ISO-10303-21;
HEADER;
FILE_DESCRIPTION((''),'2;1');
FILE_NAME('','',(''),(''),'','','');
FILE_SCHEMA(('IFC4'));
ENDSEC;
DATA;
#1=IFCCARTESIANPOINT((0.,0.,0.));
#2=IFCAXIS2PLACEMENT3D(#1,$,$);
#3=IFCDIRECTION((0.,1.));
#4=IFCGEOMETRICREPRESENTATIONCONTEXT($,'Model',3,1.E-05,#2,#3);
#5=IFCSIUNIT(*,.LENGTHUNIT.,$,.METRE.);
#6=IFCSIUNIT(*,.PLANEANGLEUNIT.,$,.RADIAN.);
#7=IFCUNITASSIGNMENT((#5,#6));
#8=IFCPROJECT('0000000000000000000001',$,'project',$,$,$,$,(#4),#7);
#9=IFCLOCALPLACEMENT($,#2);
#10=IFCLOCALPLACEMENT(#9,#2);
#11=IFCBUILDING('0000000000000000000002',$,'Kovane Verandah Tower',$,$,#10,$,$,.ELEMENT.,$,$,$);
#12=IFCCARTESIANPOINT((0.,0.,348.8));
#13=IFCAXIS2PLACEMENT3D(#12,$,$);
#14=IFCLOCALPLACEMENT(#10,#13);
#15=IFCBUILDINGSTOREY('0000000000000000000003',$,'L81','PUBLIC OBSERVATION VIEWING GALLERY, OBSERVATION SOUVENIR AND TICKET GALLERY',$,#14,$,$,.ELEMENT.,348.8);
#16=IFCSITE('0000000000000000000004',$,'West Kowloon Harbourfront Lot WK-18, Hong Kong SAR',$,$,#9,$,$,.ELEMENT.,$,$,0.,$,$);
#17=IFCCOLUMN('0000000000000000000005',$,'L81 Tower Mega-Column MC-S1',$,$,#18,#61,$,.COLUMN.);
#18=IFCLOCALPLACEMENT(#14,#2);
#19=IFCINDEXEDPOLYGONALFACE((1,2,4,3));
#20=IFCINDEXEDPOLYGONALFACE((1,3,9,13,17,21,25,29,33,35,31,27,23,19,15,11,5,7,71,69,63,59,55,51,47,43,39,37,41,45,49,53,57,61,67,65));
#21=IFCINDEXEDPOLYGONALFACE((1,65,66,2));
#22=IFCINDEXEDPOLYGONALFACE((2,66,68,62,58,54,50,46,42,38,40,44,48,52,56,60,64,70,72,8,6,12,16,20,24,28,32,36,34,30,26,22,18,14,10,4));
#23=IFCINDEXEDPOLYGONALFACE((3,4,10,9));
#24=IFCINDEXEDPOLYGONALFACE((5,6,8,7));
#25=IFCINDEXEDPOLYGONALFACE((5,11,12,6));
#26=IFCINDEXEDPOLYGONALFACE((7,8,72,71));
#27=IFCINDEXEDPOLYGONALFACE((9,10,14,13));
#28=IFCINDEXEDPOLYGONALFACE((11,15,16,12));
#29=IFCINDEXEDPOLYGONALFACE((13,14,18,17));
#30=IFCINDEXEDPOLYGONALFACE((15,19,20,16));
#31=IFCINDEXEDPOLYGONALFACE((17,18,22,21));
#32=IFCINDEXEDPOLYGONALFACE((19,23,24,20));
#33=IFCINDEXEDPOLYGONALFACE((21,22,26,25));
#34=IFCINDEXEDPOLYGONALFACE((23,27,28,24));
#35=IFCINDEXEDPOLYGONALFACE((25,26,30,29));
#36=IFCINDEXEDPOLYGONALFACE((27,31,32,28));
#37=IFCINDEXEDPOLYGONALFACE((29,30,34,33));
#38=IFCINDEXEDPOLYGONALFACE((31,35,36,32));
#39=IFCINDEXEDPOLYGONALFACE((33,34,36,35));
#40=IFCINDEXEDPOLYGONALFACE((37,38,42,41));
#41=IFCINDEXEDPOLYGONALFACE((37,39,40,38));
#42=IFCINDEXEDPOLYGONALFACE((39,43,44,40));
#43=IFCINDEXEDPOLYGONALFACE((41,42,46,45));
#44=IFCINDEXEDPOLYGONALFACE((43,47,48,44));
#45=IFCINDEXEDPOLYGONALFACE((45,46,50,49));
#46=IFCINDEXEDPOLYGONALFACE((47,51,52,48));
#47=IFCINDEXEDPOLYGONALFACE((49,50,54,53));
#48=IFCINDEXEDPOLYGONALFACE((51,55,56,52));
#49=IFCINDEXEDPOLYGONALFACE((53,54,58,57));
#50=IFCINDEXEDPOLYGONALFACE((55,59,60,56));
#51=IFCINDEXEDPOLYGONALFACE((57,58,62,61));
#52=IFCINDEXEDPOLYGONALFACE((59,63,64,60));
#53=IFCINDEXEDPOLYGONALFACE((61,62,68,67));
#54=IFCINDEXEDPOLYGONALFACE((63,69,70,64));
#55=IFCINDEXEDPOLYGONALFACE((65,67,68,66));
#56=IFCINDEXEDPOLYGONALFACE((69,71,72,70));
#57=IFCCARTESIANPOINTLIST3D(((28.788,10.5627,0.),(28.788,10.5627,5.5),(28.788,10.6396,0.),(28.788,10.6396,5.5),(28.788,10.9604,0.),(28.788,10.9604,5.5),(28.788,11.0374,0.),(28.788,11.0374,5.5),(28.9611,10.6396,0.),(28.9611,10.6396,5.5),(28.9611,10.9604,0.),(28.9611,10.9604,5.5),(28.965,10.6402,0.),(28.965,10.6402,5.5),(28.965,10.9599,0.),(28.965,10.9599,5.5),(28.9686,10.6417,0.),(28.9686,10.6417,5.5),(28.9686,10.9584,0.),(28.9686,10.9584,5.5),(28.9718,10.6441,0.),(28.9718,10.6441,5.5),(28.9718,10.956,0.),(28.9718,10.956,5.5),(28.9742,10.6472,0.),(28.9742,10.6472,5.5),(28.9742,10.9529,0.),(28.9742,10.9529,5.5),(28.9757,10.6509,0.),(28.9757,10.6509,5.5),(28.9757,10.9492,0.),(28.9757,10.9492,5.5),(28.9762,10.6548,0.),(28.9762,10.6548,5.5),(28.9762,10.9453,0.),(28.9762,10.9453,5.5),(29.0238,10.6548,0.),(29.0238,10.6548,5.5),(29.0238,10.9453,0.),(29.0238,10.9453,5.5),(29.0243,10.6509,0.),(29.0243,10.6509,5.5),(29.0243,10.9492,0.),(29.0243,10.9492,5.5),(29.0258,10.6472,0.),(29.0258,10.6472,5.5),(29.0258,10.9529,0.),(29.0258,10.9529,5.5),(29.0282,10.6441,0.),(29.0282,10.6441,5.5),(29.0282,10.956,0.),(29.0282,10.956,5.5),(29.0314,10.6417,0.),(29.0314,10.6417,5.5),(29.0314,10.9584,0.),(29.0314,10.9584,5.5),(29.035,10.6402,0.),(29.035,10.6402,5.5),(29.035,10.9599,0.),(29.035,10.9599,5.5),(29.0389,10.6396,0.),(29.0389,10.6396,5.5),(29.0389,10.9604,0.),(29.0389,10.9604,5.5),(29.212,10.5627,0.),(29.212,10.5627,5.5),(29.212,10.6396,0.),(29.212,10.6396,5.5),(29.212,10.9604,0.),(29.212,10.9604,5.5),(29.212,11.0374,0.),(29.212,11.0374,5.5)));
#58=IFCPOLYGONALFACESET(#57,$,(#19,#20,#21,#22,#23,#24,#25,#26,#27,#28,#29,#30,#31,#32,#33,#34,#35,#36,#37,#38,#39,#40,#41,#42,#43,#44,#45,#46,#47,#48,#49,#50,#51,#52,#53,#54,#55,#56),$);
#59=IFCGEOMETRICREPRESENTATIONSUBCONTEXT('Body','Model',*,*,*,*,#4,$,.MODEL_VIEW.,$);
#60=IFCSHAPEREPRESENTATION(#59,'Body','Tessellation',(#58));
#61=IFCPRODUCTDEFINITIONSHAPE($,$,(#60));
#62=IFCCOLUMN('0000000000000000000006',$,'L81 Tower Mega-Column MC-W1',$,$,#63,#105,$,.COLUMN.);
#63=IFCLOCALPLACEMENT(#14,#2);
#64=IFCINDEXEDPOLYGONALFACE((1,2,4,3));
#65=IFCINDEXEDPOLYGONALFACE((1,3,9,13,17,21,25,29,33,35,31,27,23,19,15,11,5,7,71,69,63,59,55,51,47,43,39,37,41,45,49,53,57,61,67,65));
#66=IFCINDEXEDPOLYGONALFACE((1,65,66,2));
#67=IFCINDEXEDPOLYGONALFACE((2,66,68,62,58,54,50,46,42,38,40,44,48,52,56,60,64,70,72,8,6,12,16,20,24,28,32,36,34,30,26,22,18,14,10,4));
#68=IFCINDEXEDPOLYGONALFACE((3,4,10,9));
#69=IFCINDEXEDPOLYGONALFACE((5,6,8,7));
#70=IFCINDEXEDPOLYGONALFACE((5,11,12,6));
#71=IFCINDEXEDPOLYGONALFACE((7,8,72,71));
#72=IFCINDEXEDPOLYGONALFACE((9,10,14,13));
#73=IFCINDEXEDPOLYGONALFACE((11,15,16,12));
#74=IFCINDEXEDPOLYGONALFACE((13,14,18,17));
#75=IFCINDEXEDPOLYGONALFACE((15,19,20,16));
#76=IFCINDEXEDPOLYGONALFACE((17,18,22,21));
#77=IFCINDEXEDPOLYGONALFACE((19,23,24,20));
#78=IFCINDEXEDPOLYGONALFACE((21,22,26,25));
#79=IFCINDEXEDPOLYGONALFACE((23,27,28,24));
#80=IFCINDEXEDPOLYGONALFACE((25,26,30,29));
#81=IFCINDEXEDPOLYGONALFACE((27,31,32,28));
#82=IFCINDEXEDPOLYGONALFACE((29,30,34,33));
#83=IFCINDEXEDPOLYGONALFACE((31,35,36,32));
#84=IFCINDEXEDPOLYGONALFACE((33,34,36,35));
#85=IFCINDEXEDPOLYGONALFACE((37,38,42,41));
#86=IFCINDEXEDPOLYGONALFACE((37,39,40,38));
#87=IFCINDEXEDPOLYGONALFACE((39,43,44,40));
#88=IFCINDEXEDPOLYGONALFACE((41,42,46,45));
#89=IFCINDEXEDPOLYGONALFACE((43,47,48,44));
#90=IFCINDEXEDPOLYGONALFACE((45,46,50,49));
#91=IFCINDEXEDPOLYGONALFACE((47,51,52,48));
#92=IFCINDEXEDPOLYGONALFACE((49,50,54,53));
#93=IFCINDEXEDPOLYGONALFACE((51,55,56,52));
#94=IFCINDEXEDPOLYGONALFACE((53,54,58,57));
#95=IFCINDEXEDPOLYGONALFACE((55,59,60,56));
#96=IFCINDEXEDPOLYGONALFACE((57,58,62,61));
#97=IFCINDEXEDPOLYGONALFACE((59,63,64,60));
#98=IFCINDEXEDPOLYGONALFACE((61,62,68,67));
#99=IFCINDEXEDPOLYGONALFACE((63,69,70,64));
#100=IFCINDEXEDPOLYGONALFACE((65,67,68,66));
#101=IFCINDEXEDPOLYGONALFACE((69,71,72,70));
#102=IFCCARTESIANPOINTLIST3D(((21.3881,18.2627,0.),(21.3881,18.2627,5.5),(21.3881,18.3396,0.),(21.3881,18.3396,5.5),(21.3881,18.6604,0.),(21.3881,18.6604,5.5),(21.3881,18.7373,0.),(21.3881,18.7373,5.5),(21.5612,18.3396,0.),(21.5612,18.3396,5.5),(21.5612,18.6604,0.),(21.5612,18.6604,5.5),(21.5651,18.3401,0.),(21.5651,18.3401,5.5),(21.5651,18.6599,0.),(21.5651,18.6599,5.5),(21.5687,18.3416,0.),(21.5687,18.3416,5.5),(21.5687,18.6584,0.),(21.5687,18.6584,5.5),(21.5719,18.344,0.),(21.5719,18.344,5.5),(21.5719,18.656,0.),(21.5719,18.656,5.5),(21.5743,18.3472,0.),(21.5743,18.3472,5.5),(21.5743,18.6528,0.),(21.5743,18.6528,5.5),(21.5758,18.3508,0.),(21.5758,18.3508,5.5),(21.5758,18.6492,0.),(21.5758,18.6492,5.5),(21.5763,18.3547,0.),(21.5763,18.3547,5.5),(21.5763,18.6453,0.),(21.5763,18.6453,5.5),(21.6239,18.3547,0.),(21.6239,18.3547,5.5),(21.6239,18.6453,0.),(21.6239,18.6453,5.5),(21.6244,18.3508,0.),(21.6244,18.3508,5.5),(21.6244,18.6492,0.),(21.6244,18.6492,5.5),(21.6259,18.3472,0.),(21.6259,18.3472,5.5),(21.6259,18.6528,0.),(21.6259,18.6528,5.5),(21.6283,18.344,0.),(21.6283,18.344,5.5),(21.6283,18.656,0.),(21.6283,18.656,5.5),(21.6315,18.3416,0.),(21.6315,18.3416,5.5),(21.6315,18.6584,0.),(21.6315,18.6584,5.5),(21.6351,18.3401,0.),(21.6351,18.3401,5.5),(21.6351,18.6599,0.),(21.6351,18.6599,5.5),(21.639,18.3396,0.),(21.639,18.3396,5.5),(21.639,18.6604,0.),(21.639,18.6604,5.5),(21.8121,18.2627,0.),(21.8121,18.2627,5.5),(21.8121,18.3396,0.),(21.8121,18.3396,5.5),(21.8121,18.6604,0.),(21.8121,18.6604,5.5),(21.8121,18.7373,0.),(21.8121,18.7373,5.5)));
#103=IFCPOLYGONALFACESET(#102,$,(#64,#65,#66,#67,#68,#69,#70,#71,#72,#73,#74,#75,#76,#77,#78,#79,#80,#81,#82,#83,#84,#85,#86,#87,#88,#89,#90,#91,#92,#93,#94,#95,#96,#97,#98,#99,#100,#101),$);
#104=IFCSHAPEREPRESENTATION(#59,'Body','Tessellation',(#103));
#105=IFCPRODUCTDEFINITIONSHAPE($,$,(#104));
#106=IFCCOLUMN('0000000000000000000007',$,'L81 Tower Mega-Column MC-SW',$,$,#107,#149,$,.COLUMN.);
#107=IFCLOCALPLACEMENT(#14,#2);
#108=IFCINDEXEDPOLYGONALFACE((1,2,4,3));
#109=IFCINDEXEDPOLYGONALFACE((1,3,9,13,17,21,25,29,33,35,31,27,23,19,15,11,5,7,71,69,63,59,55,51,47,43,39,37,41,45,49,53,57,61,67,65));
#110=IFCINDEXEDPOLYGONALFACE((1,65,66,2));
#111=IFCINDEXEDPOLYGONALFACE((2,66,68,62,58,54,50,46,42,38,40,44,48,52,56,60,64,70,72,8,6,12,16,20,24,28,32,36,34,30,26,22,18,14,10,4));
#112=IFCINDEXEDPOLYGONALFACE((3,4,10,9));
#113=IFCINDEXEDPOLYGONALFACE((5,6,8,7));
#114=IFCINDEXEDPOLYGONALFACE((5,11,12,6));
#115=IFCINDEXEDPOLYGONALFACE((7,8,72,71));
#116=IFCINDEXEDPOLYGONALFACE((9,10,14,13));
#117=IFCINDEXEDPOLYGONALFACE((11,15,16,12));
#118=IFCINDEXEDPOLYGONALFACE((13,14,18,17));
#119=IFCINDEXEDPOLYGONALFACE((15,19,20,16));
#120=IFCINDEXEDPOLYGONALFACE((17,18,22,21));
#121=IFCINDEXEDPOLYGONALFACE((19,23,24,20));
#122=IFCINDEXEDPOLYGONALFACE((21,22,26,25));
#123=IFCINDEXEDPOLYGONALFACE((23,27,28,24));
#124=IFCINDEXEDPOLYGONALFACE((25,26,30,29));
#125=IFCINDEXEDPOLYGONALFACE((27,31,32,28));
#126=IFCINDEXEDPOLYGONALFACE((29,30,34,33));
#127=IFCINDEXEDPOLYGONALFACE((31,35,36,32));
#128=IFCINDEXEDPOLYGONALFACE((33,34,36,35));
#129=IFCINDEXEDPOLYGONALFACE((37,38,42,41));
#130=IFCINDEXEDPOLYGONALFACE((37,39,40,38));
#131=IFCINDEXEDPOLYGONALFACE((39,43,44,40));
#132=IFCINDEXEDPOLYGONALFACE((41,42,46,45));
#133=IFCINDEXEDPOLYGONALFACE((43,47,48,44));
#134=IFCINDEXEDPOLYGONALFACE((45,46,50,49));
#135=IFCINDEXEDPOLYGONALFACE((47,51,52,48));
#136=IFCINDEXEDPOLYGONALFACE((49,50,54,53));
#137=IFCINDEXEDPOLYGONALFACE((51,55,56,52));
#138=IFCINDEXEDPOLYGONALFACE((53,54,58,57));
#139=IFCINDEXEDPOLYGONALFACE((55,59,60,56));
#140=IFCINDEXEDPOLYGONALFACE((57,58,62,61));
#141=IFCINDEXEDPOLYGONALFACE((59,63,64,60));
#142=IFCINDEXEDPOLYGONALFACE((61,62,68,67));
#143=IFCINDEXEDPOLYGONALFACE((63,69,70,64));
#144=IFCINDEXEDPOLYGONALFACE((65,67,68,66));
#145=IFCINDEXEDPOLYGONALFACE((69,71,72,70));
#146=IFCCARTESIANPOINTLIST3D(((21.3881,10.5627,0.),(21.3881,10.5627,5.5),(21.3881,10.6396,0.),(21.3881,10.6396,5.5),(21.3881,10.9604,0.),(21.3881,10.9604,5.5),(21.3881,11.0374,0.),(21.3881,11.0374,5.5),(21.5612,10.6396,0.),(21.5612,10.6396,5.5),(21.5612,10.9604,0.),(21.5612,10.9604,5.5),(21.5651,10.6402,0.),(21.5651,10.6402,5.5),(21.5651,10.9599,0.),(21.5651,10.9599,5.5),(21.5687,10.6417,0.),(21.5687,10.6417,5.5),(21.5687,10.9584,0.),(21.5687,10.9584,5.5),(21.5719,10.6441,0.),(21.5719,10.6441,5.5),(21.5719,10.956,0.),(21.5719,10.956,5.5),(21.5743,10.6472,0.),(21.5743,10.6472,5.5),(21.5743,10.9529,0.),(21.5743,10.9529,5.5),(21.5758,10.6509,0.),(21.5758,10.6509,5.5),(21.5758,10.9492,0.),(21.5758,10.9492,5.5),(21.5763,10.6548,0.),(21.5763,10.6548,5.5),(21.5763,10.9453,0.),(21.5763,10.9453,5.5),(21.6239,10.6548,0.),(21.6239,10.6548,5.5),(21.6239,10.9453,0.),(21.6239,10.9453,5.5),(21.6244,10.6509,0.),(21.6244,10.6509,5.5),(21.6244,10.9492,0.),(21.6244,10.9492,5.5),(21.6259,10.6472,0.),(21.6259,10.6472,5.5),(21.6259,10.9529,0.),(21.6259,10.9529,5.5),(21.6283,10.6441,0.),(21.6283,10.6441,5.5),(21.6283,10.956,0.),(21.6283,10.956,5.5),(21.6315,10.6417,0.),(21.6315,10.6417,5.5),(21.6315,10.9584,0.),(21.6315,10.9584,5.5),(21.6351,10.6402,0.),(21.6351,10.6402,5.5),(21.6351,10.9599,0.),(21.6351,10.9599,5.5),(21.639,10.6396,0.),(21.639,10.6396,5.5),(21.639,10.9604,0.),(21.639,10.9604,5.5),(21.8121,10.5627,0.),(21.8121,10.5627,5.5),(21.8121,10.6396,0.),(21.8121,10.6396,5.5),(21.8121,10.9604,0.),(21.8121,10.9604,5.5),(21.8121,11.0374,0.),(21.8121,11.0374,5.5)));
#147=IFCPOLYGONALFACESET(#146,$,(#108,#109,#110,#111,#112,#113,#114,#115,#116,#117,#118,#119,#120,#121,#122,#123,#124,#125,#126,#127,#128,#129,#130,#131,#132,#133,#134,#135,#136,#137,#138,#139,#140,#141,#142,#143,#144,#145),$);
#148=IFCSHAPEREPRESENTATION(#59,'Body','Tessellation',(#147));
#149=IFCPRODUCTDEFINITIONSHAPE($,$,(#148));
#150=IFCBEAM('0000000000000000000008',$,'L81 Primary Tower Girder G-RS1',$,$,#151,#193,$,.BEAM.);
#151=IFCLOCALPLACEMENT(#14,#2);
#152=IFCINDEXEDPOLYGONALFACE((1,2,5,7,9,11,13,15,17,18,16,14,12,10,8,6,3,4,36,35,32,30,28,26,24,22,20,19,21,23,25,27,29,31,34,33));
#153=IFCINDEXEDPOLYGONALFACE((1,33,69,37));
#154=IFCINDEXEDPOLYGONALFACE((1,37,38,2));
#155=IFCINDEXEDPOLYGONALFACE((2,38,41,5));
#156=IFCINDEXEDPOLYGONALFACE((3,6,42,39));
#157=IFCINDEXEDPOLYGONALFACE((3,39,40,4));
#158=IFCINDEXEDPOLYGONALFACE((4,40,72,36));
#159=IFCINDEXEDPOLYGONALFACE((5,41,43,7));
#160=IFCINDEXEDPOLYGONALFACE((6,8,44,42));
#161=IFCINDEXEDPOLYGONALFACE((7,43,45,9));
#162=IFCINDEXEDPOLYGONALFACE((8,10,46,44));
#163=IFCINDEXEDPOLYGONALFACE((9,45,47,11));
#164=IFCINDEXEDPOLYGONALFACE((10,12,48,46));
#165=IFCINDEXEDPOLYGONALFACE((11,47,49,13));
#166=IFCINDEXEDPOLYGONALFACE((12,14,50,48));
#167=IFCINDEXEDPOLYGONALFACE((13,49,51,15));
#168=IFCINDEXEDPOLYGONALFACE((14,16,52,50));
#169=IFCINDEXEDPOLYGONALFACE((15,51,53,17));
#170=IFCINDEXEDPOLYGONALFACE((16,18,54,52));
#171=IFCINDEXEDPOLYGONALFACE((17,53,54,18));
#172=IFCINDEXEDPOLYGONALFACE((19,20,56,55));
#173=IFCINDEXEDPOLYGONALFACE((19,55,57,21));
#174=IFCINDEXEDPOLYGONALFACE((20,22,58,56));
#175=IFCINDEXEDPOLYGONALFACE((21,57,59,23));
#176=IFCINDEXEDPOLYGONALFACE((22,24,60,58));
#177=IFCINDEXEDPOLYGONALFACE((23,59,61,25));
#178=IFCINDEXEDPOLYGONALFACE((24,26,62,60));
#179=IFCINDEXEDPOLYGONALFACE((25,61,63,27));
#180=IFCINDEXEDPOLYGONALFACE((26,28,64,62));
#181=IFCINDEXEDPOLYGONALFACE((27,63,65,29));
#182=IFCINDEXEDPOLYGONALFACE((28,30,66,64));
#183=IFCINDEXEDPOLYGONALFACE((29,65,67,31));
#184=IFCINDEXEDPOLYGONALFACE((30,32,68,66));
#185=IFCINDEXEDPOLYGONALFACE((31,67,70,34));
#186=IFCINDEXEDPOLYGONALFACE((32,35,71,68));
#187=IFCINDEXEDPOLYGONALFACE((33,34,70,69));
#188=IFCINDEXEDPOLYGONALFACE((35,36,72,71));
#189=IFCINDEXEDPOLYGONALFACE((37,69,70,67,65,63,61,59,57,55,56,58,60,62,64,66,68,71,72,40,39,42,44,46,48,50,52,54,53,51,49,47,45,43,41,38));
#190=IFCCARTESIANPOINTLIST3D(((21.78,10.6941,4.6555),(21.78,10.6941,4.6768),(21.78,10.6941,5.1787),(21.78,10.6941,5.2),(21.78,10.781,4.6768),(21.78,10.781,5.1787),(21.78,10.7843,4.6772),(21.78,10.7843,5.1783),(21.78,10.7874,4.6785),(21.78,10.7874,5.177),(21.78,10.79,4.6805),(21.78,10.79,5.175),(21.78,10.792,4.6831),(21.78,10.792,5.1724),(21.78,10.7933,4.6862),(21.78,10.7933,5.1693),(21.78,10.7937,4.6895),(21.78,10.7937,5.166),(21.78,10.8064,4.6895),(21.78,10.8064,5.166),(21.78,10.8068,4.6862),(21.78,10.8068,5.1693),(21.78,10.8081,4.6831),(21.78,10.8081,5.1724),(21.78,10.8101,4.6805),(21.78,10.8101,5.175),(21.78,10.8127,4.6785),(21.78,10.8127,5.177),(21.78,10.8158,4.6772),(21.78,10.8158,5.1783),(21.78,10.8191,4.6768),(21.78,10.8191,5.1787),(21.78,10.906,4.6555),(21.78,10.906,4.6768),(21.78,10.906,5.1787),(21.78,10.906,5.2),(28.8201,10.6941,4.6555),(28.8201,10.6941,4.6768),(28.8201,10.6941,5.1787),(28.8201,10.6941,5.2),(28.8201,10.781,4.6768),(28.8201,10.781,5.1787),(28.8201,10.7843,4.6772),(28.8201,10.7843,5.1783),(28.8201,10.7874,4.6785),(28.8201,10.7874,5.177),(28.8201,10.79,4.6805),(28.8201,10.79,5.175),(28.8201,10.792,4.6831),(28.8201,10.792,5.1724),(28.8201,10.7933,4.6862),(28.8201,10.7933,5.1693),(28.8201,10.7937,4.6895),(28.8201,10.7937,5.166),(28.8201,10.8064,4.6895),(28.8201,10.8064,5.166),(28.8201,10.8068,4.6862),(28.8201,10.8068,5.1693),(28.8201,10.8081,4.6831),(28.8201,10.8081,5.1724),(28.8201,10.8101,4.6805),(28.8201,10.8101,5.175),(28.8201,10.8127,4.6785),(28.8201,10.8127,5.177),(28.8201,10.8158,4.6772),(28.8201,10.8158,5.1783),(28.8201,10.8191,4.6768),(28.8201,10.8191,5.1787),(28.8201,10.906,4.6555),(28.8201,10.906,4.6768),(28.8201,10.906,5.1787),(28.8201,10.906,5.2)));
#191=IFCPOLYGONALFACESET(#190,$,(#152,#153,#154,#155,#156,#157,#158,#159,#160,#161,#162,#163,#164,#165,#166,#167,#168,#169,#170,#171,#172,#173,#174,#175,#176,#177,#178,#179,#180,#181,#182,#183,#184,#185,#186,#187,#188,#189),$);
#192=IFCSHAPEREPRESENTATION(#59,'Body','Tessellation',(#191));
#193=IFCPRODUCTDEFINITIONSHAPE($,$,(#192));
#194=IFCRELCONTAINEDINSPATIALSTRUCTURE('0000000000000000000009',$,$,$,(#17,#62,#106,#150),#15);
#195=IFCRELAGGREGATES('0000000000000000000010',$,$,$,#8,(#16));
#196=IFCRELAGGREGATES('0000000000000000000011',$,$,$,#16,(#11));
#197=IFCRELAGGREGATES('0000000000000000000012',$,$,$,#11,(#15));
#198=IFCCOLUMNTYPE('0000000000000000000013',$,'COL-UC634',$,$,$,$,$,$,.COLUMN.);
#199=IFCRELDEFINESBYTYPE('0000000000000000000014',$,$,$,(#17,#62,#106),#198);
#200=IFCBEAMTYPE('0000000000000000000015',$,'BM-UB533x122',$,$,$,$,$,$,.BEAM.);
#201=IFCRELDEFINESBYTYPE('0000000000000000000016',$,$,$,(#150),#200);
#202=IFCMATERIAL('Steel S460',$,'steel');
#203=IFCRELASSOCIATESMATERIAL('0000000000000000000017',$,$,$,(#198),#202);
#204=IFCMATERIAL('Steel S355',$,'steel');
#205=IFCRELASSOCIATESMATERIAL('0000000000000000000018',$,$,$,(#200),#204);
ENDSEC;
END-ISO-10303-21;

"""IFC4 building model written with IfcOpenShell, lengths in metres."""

from ifc_helpers import new_model, si_unit, direction, frame, origin, origin_2d, place, context, subcontext, project, spatial, i_section, extrude, material, material_profile, profile_set, type_object, element, save


model = new_model("IFC4")

# Units and contexts
model_context = context("Model", 3, precision=1e-05, world=origin(), true_north=direction((0.0, 1.0)))
body_context = subcontext(model_context, "Body", "Model", "MODEL_VIEW")
ifc_project = project(units=[si_unit("LENGTHUNIT", "METRE"), si_unit("PLANEANGLEUNIT", "RADIAN")], contexts=[model_context])

# Site, building, storey
site_placement = place(None, origin())
site = spatial("IfcSite", under=ifc_project, at=site_placement, Name="West Kowloon Harbourfront Lot WK-18, Hong Kong SAR", CompositionType="ELEMENT", RefElevation=0.0)
building_placement = place(site_placement, origin())
building = spatial("IfcBuilding", under=site, at=building_placement, Name="Kovane Verandah Tower", CompositionType="ELEMENT")
storey_placement = place(building_placement, frame((0.0, 0.0, 348.8)))
storey = spatial("IfcBuildingStorey", under=building, at=storey_placement, Name="L81", Description="PUBLIC OBSERVATION VIEWING GALLERY, OBSERVATION SOUVENIR AND TICKET GALLERY", CompositionType="ELEMENT", Elevation=348.8)

# Columns
ifc_material_1 = material(Name="Steel S460", Category="steel")
ifc_material_profile_1 = material_profile(ifc_material_1, i_section(OverallWidth=0.4241, OverallDepth=0.4746, WebThickness=0.0476, FlangeThickness=0.0769, FilletRadius=0.0151, at=origin_2d()), Name="UC356x406x634")
ifc_profile_set_1 = profile_set([ifc_material_profile_1], Name="Steel S460")
column_type = type_object("IfcColumnType", Name="COL-UC634", PredefinedType="COLUMN", material=ifc_profile_set_1)
for number, where, z_axis, x_axis, name in (
    (1, (29.0, 10.8, 0.0), (0.0, 0.0, 1.0), (1.0, 0.0, 0.0), "L81 Tower Mega-Column MC-S1"),
    (2, (21.6001, 18.5, 0.0), (0.0, 0.0, 1.0), (1.0, 0.0, 0.0), "L81 Tower Mega-Column MC-W1"),
    (3, (21.6001, 10.8, 0.0), (0.0, 0.0, 1.0), (1.0, 0.0, 0.0), "L81 Tower Mega-Column MC-SW"),
):
    element("IfcColumn", number, at=place(storey_placement, frame(where, z_axis=z_axis, x_axis=x_axis)), inside=storey, type_object=column_type, Name=name, PredefinedType="COLUMN", context=body_context, shape_type="SweptSolid", body=[
        extrude(i_section(OverallWidth=0.4241, OverallDepth=0.4746, WebThickness=0.0476, FlangeThickness=0.0769, FilletRadius=0.0151, at=origin_2d()), origin(), (0.0, 0.0, 1.0), 5.5),
    ])

# Beam
ifc_material_2 = material(Name="Steel S355", Category="steel")
ifc_material_profile_2 = material_profile(ifc_material_2, i_section(OverallWidth=0.2119, OverallDepth=0.5444, WebThickness=0.0127, FlangeThickness=0.0212, FilletRadius=0.0127, at=origin_2d()), Name="UB533x210x122")
ifc_profile_set_2 = profile_set([ifc_material_profile_2], Name="Steel S355")
beam_type_1 = type_object("IfcBeamType", Name="BM-UB533x122", PredefinedType="BEAM", material=ifc_profile_set_2)
beam_1_placement = place(storey_placement, frame((21.78, 10.8, 4.9277), z_axis=(1.0, 0.0, 0.0), x_axis=(0.0, 1.0, 0.0)))
element("IfcBeam", 4, at=beam_1_placement, inside=storey, type_object=beam_type_1, Name="L81 Primary Tower Girder G-RS1", PredefinedType="BEAM", context=body_context, shape_type="SweptSolid", body=[
    extrude(i_section(OverallWidth=0.2119, OverallDepth=0.5444, WebThickness=0.0127, FlangeThickness=0.0212, FilletRadius=0.0127, at=origin_2d()), origin(), (0.0, 0.0, 1.0), 7.04),
])

save(model, "model.ifc")
